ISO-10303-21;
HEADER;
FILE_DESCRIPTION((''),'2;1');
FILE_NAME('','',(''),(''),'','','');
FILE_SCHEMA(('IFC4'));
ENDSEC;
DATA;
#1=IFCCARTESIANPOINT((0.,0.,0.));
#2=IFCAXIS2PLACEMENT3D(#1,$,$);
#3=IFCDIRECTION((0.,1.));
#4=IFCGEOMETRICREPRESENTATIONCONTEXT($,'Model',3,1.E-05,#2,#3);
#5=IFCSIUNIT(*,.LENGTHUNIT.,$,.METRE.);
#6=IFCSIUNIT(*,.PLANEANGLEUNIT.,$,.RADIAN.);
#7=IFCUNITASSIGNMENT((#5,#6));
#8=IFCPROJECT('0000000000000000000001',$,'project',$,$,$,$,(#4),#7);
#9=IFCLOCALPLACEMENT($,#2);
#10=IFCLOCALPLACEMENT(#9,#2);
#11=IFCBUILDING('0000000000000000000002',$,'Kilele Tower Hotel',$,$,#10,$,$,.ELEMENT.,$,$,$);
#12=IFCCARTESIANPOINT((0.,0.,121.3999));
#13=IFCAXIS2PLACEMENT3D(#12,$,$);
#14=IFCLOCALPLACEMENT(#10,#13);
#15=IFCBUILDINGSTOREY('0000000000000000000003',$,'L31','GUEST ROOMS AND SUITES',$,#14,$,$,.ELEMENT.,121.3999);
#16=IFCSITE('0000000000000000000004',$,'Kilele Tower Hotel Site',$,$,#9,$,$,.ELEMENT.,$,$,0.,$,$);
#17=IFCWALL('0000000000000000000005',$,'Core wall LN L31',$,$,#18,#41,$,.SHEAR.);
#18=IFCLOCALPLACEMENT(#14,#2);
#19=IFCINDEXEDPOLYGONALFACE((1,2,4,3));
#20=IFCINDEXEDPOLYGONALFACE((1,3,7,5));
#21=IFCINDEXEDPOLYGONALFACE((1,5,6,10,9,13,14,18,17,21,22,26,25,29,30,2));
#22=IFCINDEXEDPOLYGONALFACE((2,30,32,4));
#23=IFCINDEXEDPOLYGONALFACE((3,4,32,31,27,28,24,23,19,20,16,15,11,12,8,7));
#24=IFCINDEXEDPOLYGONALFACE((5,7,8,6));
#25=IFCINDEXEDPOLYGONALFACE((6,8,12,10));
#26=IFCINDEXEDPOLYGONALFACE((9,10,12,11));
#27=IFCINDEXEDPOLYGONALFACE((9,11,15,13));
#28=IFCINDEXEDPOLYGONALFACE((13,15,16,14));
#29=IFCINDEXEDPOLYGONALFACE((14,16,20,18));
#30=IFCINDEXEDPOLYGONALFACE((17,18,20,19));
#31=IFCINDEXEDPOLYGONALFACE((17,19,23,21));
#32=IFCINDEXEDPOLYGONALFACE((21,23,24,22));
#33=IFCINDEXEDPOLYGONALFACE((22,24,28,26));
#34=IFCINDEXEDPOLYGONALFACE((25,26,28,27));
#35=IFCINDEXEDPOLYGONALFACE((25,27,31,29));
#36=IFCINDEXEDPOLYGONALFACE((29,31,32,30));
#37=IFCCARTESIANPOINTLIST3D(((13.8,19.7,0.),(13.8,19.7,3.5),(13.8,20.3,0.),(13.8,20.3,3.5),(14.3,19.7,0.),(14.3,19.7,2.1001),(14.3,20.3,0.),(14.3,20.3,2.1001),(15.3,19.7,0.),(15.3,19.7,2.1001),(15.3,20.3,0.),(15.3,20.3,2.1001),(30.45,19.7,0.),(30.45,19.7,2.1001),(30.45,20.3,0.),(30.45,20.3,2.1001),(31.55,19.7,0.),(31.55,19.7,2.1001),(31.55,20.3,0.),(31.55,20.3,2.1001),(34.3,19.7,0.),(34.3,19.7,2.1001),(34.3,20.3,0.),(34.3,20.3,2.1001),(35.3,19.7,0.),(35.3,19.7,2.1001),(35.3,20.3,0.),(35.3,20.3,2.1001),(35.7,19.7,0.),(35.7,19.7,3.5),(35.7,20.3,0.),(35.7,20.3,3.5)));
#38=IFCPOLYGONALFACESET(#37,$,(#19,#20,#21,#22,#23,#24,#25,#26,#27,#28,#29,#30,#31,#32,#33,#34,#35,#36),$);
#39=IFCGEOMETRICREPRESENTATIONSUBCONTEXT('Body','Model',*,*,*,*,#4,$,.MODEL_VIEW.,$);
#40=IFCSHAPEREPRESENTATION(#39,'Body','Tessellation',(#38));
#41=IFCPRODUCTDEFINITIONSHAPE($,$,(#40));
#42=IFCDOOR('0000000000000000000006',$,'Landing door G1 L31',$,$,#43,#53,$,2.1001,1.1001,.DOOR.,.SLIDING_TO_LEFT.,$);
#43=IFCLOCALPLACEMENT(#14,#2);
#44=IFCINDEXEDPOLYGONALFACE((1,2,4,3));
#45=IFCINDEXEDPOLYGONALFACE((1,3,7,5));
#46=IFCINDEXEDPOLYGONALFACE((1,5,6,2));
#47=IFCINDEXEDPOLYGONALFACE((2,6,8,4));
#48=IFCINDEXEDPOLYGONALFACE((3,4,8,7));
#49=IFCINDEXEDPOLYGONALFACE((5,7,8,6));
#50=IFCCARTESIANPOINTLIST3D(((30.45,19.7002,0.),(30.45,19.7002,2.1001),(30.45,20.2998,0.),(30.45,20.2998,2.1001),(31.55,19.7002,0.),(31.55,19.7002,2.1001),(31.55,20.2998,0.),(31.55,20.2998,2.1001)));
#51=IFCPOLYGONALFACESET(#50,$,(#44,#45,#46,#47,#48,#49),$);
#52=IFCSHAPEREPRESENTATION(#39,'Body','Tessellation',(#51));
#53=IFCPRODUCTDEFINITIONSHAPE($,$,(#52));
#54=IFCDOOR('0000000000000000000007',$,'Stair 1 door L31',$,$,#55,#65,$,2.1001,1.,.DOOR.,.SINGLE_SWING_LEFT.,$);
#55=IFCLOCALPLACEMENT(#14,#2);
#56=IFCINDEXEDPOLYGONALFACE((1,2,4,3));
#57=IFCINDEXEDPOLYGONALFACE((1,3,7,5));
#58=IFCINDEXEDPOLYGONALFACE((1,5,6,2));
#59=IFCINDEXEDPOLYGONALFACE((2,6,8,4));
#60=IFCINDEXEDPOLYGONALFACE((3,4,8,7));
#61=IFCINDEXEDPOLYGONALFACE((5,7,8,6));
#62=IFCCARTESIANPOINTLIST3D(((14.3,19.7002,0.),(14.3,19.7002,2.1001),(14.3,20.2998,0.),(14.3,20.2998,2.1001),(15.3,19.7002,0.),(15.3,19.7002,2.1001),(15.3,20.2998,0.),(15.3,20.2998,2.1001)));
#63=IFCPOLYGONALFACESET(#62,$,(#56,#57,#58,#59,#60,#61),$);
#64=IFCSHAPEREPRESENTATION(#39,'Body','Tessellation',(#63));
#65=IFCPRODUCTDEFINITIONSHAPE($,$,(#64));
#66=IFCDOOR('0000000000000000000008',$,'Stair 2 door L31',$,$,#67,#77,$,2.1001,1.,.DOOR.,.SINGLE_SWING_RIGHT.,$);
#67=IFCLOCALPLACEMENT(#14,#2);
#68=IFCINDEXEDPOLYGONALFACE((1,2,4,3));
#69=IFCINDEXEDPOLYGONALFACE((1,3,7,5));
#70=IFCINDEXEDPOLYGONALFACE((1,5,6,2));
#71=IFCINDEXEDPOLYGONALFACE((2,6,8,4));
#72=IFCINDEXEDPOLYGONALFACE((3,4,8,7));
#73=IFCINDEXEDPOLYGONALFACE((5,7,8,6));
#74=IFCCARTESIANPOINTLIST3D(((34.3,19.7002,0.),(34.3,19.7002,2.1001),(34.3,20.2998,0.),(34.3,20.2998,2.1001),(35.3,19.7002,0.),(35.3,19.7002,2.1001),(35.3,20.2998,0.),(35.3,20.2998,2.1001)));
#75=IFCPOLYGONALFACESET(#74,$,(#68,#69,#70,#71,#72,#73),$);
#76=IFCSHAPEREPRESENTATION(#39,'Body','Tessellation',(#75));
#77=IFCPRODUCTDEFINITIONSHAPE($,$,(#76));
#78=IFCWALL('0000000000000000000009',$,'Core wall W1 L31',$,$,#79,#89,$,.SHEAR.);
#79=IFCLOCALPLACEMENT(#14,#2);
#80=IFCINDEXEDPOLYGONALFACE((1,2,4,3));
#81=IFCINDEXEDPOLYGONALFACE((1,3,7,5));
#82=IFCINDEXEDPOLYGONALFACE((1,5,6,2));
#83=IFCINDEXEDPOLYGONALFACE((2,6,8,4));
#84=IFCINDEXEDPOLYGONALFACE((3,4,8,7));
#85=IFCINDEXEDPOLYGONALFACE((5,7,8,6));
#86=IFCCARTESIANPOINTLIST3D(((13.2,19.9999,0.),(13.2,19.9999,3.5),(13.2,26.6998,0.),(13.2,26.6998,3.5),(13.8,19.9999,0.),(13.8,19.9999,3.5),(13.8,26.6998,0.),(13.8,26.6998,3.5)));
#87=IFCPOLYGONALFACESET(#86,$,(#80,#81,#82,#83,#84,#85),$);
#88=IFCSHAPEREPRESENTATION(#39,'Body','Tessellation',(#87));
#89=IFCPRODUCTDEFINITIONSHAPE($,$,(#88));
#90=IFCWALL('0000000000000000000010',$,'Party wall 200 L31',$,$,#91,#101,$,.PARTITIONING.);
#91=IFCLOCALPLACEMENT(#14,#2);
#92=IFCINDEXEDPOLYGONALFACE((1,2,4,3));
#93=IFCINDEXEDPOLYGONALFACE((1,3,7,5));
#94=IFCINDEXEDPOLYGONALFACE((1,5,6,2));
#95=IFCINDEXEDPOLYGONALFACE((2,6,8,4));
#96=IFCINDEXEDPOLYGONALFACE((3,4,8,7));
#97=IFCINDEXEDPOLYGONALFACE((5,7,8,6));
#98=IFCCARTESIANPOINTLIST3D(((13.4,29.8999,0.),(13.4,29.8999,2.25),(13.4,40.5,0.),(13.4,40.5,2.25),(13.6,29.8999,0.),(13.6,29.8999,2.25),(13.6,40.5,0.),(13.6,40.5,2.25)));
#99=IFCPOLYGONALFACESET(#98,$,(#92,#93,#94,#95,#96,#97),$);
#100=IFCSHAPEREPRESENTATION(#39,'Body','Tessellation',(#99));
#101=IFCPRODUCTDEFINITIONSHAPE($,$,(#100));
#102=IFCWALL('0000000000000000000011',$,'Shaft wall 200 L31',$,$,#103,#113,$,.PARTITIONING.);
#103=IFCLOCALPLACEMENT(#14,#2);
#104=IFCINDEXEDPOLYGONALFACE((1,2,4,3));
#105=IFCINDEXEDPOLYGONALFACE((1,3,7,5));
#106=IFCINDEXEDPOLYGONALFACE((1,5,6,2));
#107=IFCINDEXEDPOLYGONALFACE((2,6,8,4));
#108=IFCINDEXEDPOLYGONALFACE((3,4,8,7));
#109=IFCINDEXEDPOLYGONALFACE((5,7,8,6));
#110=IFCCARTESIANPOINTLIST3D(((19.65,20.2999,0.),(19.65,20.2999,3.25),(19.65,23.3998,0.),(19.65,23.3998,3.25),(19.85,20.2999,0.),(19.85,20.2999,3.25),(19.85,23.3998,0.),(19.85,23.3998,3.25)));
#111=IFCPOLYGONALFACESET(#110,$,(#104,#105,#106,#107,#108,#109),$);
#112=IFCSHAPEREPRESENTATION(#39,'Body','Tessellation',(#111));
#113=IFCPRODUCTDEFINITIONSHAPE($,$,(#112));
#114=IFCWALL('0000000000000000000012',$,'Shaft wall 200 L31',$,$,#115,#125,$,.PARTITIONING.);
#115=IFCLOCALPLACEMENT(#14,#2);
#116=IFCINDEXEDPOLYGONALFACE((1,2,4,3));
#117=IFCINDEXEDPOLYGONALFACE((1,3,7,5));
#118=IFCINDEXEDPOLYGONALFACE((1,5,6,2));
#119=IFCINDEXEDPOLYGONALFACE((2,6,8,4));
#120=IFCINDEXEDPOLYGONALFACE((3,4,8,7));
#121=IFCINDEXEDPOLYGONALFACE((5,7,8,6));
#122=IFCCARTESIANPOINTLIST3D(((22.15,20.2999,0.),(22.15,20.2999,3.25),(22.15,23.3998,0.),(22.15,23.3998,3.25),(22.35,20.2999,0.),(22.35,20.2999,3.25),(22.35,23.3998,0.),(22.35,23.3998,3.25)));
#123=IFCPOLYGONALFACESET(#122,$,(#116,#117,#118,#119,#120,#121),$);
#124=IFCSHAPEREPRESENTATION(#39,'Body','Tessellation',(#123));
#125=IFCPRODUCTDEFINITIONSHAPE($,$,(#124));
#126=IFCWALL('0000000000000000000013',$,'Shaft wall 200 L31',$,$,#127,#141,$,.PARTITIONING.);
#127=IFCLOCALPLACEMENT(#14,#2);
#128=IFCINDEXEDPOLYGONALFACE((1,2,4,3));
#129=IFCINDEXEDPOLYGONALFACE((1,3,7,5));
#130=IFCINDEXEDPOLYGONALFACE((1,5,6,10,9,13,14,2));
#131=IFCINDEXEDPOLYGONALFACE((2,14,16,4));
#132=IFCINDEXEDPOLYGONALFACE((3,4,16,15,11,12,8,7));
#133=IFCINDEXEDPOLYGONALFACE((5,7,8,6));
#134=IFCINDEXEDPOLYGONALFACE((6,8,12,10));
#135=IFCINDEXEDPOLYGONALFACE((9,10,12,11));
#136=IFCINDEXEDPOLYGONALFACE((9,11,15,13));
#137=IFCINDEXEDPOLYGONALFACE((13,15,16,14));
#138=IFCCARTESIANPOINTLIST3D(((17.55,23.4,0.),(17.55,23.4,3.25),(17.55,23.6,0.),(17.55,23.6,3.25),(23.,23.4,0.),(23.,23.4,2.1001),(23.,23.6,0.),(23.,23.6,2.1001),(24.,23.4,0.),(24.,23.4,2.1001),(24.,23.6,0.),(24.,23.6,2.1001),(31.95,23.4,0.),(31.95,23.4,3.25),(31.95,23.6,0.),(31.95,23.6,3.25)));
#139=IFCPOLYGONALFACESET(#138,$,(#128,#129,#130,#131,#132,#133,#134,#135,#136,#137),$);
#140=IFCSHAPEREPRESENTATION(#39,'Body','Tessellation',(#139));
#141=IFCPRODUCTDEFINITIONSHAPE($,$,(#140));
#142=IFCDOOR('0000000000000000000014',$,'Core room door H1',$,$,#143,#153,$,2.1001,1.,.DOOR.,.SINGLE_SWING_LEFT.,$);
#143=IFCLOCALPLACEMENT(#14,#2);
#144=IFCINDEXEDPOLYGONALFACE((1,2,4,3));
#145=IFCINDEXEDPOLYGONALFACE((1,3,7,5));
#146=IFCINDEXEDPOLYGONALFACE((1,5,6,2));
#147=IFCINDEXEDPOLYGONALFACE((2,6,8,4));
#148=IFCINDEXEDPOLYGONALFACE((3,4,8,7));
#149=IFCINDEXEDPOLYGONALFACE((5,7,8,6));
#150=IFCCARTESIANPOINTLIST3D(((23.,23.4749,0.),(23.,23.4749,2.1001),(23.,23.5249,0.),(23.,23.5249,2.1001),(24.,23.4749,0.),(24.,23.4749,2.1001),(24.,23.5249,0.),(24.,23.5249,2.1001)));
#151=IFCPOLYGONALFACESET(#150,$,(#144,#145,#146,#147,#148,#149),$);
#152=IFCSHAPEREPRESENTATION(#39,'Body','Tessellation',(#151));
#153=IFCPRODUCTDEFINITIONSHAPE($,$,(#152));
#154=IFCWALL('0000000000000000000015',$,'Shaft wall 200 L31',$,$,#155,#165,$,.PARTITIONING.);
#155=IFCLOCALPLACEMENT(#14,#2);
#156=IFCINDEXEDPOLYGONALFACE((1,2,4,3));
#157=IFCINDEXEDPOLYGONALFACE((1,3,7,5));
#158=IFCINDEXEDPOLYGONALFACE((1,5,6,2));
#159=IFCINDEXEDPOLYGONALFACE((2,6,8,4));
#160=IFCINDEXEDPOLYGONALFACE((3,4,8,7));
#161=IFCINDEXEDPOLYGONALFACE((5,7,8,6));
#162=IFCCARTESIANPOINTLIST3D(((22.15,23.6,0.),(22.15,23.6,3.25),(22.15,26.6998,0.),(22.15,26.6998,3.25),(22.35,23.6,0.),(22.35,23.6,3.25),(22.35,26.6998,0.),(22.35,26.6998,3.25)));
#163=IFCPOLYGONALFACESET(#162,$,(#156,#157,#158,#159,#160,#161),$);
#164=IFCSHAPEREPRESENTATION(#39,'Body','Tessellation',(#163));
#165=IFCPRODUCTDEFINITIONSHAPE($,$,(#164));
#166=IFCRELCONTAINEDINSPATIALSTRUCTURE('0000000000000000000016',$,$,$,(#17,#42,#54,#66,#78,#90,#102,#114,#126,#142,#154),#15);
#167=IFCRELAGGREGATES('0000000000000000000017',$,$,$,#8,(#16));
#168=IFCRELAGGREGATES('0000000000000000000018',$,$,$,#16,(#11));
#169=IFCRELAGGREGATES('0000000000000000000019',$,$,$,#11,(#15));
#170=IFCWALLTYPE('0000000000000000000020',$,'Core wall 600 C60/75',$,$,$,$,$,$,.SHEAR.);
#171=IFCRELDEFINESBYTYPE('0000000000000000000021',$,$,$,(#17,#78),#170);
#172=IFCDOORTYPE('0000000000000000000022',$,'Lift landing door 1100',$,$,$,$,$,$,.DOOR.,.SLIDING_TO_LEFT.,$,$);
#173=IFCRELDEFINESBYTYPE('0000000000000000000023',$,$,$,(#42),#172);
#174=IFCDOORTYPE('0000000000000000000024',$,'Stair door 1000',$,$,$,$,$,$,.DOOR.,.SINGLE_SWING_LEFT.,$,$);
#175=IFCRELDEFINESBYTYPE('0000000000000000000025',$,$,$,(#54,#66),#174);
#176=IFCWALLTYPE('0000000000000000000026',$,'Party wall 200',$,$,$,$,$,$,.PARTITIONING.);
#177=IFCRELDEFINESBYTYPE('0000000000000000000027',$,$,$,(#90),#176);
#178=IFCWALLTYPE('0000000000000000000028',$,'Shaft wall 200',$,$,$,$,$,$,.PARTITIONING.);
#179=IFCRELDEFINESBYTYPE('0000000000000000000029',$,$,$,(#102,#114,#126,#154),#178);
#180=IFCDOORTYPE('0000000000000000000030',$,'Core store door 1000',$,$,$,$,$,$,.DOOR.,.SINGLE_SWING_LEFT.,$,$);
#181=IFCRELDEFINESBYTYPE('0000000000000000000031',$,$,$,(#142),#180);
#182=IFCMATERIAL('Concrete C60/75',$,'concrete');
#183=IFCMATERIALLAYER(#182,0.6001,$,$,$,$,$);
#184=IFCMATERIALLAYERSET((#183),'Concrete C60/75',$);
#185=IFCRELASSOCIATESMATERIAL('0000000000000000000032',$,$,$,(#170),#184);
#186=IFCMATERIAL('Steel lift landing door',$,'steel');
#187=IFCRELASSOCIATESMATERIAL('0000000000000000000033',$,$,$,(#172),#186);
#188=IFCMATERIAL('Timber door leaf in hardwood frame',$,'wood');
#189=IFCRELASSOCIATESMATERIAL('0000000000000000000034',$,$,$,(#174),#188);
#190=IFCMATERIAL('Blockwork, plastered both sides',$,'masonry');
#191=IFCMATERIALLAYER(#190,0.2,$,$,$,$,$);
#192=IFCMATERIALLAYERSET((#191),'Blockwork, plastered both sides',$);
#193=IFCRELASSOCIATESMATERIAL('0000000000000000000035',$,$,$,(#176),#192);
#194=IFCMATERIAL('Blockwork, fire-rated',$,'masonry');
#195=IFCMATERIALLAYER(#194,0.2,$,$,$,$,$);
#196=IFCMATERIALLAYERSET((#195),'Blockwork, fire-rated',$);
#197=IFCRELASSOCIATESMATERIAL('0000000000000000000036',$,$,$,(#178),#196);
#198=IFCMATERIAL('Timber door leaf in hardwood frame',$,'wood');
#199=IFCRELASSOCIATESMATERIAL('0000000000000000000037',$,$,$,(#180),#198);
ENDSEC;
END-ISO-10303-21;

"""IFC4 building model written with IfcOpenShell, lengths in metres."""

from ifc_helpers import new_model, si_unit, direction, frame, frame_2d, origin, place, context, subcontext, project, spatial, rectangle, extrude, material, layer, layer_set, type_object, element, fill, save


model = new_model("IFC4")

# Units and contexts
model_context = context("Model", 3, precision=1e-05, world=origin(), true_north=direction((0.0, 1.0)))
body_context = subcontext(model_context, "Body", "Model", "MODEL_VIEW")
ifc_project = project(units=[si_unit("LENGTHUNIT", "METRE"), si_unit("PLANEANGLEUNIT", "RADIAN")], contexts=[model_context])

# Site, building, storey
site_placement = place(None, origin())
site = spatial("IfcSite", under=ifc_project, at=site_placement, Name="Kilele Tower Hotel Site", CompositionType="ELEMENT", RefElevation=0.0)
building_placement = place(site_placement, origin())
building = spatial("IfcBuilding", under=site, at=building_placement, Name="Kilele Tower Hotel", CompositionType="ELEMENT")
storey_placement = place(building_placement, frame((0.0, 0.0, 121.3999)))
storey = spatial("IfcBuildingStorey", under=building, at=storey_placement, Name="L31", Description="GUEST ROOMS AND SUITES", CompositionType="ELEMENT", Elevation=121.3999)

# Wall, openings, doors
ifc_material_1 = material(Name="Concrete C60/75", Category="concrete")
ifc_layer_1 = layer(ifc_material_1, 0.6001)
ifc_layer_set_1 = layer_set([ifc_layer_1], Name="Concrete C60/75")
wall_type_1 = type_object("IfcWallType", Name="Core wall 600 C60/75", PredefinedType="SHEAR", material=ifc_layer_set_1)
wall_1_placement = place(storey_placement, frame((13.8, 20.0, 0.0), z_axis=(0.0, 0.0, 1.0), x_axis=(1.0, 0.0, 0.0)))
wall_1 = element("IfcWall", 1, at=wall_1_placement, inside=storey, type_object=wall_type_1, Name="Core wall LN L31", PredefinedType="SHEAR", context=body_context, shape_type="SweptSolid", body=[
    extrude(rectangle(XDim=21.8999, YDim=0.6001, at=frame_2d((10.95, 0.0))), origin(), (0.0, 0.0, 1.0), 3.5),
])
opening_1_placement = place(wall_1_placement, frame((0.5, 0.0, 0.0)))
opening_1 = element("IfcOpeningElement", 2, at=opening_1_placement, cuts=wall_1, PredefinedType="OPENING", context=body_context, shape_type="SweptSolid", body=[
    extrude(rectangle(XDim=1.0, YDim=2.1001, at=frame_2d((0.5, 1.05))), frame((0.0, 0.3101, 0.0), z_axis=(0.0, -1.0, 0.0), x_axis=(1.0, 0.0, 0.0)), (0.0, 0.0, 1.0), 0.6201),
])
opening_2_placement = place(wall_1_placement, frame((20.5, 0.0, 0.0)))
opening_2 = element("IfcOpeningElement", 3, at=opening_2_placement, cuts=wall_1, PredefinedType="OPENING", context=body_context, shape_type="SweptSolid", body=[
    extrude(rectangle(XDim=1.0, YDim=2.1001, at=frame_2d((0.5, 1.05))), frame((0.0, 0.3101, 0.0), z_axis=(0.0, -1.0, 0.0), x_axis=(1.0, 0.0, 0.0)), (0.0, 0.0, 1.0), 0.6201),
])
opening_3_placement = place(wall_1_placement, frame((16.6499, 0.0, 0.0)))
opening_3 = element("IfcOpeningElement", 4, at=opening_3_placement, cuts=wall_1, PredefinedType="OPENING", context=body_context, shape_type="SweptSolid", body=[
    extrude(rectangle(XDim=1.1001, YDim=2.1001, at=frame_2d((0.55, 1.05))), frame((0.0, 0.3101, 0.0), z_axis=(0.0, -1.0, 0.0), x_axis=(1.0, 0.0, 0.0)), (0.0, 0.0, 1.0), 0.6201),
])
ifc_material_2 = material(Name="Steel lift landing door", Category="steel")
door_type_1 = type_object("IfcDoorType", Name="Lift landing door 1100", OperationType="SLIDING_TO_LEFT", PredefinedType="DOOR", material=ifc_material_2)
door_1_placement = place(opening_3_placement, origin())
door_1 = element("IfcDoor", 5, at=door_1_placement, inside=storey, type_object=door_type_1, Name="Landing door G1 L31", OperationType="SLIDING_TO_LEFT", OverallHeight=2.1001, OverallWidth=1.1001, PredefinedType="DOOR", context=body_context, shape_type="SweptSolid", body=[
    extrude(rectangle(XDim=1.1001, YDim=2.1001, at=frame_2d((0.55, 1.05))), frame((0.0, 0.2998, 0.0), z_axis=(0.0, -1.0, 0.0), x_axis=(1.0, 0.0, 0.0)), (0.0, 0.0, 1.0), 0.5996),
])
fill(opening_3, door_1)
ifc_material_3 = material(Name="Timber door leaf in hardwood frame", Category="wood")
door_type_2 = type_object("IfcDoorType", Name="Stair door 1000", OperationType="SINGLE_SWING_LEFT", PredefinedType="DOOR", material=ifc_material_3)
door_2_placement = place(opening_1_placement, origin())
door_2 = element("IfcDoor", 6, at=door_2_placement, inside=storey, type_object=door_type_2, Name="Stair 1 door L31", OperationType="SINGLE_SWING_LEFT", OverallHeight=2.1001, OverallWidth=1.0, PredefinedType="DOOR", context=body_context, shape_type="SweptSolid", body=[
    extrude(rectangle(XDim=1.0, YDim=2.1001, at=frame_2d((0.5, 1.05))), frame((0.0, 0.2998, 0.0), z_axis=(0.0, -1.0, 0.0), x_axis=(1.0, 0.0, 0.0)), (0.0, 0.0, 1.0), 0.5996),
])
fill(opening_1, door_2)
door_3_placement = place(opening_2_placement, origin())
door_3 = element("IfcDoor", 7, at=door_3_placement, inside=storey, type_object=door_type_2, Name="Stair 2 door L31", OperationType="SINGLE_SWING_RIGHT", OverallHeight=2.1001, OverallWidth=1.0, PredefinedType="DOOR", context=body_context, shape_type="SweptSolid", body=[
    extrude(rectangle(XDim=1.0, YDim=2.1001, at=frame_2d((0.5, 1.05))), frame((0.0, 0.2998, 0.0), z_axis=(0.0, -1.0, 0.0), x_axis=(1.0, 0.0, 0.0)), (0.0, 0.0, 1.0), 0.5996),
])
fill(opening_2, door_3)

# Walls
wall_2_placement = place(storey_placement, frame((13.5, 26.7, 0.0), z_axis=(0.0, 0.0, 1.0), x_axis=(0.0, -1.0, 0.0)))
element("IfcWall", 8, at=wall_2_placement, inside=storey, type_object=wall_type_1, Name="Core wall W1 L31", PredefinedType="SHEAR", context=body_context, shape_type="SweptSolid", body=[
    extrude(rectangle(XDim=6.7, YDim=0.6001, at=frame_2d((3.3501, 0.0))), origin(), (0.0, 0.0, 1.0), 3.5),
])
ifc_material_4 = material(Name="Blockwork, plastered both sides", Category="masonry")
ifc_layer_2 = layer(ifc_material_4, 0.2)
ifc_layer_set_2 = layer_set([ifc_layer_2], Name="Blockwork, plastered both sides")
wall_type_2 = type_object("IfcWallType", Name="Party wall 200", PredefinedType="PARTITIONING", material=ifc_layer_set_2)
wall_3_placement = place(storey_placement, frame((13.5, 29.8999, 0.0), z_axis=(0.0, 0.0, 1.0), x_axis=(0.0, 1.0, 0.0)))
element("IfcWall", 9, at=wall_3_placement, inside=storey, type_object=wall_type_2, Name="Party wall 200 L31", PredefinedType="PARTITIONING", context=body_context, shape_type="SweptSolid", body=[
    extrude(rectangle(XDim=10.6001, YDim=0.2, at=frame_2d((5.3, 0.0))), origin(), (0.0, 0.0, 1.0), 2.25),
])
ifc_material_5 = material(Name="Blockwork, fire-rated", Category="masonry")
ifc_layer_3 = layer(ifc_material_5, 0.2)
ifc_layer_set_3 = layer_set([ifc_layer_3], Name="Blockwork, fire-rated")
wall_type_3 = type_object("IfcWallType", Name="Shaft wall 200", PredefinedType="PARTITIONING", material=ifc_layer_set_3)
for number, where, z_axis, x_axis, name in (
    (10, (19.75, 20.3, 0.0), (0.0, 0.0, 1.0), (0.0, 1.0, 0.0), "Shaft wall 200 L31"),
    (11, (22.25, 20.3, 0.0), (0.0, 0.0, 1.0), (0.0, 1.0, 0.0), "Shaft wall 200 L31"),
):
    element("IfcWall", number, at=place(storey_placement, frame(where, z_axis=z_axis, x_axis=x_axis)), inside=storey, type_object=wall_type_3, Name=name, PredefinedType="PARTITIONING", context=body_context, shape_type="SweptSolid", body=[
        extrude(rectangle(XDim=3.0999, YDim=0.2, at=frame_2d((1.5498, 0.0))), origin(), (0.0, 0.0, 1.0), 3.25),
    ])

# Wall, opening, door
wall_4_placement = place(storey_placement, frame((17.55, 23.5, 0.0), z_axis=(0.0, 0.0, 1.0), x_axis=(1.0, 0.0, 0.0)))
wall_4 = element("IfcWall", 12, at=wall_4_placement, inside=storey, type_object=wall_type_3, Name="Shaft wall 200 L31", PredefinedType="PARTITIONING", context=body_context, shape_type="SweptSolid", body=[
    extrude(rectangle(XDim=14.3999, YDim=0.2, at=frame_2d((7.2, 0.0))), origin(), (0.0, 0.0, 1.0), 3.25),
])
opening_4_placement = place(wall_4_placement, frame((5.45, 0.0, 0.0)))
opening_4 = element("IfcOpeningElement", 13, at=opening_4_placement, cuts=wall_4, PredefinedType="OPENING", context=body_context, shape_type="SweptSolid", body=[
    extrude(rectangle(XDim=1.0, YDim=2.1001, at=frame_2d((0.5, 1.05))), frame((0.0, 0.1099, 0.0), z_axis=(0.0, -1.0, 0.0), x_axis=(1.0, 0.0, 0.0)), (0.0, 0.0, 1.0), 0.22),
])
ifc_material_6 = material(Name="Timber door leaf in hardwood frame", Category="wood")
door_type_3 = type_object("IfcDoorType", Name="Core store door 1000", OperationType="SINGLE_SWING_LEFT", PredefinedType="DOOR", material=ifc_material_6)
door_4_placement = place(opening_4_placement, origin())
door_4 = element("IfcDoor", 14, at=door_4_placement, inside=storey, type_object=door_type_3, Name="Core room door H1", OperationType="SINGLE_SWING_LEFT", OverallHeight=2.1001, OverallWidth=1.0, PredefinedType="DOOR", context=body_context, shape_type="SweptSolid", body=[
    extrude(rectangle(XDim=1.0, YDim=2.1001, at=frame_2d((0.5, 1.05))), frame((0.0, 0.0249, 0.0), z_axis=(0.0, -1.0, 0.0), x_axis=(1.0, 0.0, 0.0)), (0.0, 0.0, 1.0), 0.05),
])
fill(opening_4, door_4)

# Wall
wall_5_placement = place(storey_placement, frame((22.25, 23.6001, 0.0), z_axis=(0.0, 0.0, 1.0), x_axis=(0.0, 1.0, 0.0)))
element("IfcWall", 15, at=wall_5_placement, inside=storey, type_object=wall_type_3, Name="Shaft wall 200 L31", PredefinedType="PARTITIONING", context=body_context, shape_type="SweptSolid", body=[
    extrude(rectangle(XDim=3.0999, YDim=0.2, at=frame_2d((1.5498, 0.0))), origin(), (0.0, 0.0, 1.0), 3.25),
])

save(model, "model.ifc")
